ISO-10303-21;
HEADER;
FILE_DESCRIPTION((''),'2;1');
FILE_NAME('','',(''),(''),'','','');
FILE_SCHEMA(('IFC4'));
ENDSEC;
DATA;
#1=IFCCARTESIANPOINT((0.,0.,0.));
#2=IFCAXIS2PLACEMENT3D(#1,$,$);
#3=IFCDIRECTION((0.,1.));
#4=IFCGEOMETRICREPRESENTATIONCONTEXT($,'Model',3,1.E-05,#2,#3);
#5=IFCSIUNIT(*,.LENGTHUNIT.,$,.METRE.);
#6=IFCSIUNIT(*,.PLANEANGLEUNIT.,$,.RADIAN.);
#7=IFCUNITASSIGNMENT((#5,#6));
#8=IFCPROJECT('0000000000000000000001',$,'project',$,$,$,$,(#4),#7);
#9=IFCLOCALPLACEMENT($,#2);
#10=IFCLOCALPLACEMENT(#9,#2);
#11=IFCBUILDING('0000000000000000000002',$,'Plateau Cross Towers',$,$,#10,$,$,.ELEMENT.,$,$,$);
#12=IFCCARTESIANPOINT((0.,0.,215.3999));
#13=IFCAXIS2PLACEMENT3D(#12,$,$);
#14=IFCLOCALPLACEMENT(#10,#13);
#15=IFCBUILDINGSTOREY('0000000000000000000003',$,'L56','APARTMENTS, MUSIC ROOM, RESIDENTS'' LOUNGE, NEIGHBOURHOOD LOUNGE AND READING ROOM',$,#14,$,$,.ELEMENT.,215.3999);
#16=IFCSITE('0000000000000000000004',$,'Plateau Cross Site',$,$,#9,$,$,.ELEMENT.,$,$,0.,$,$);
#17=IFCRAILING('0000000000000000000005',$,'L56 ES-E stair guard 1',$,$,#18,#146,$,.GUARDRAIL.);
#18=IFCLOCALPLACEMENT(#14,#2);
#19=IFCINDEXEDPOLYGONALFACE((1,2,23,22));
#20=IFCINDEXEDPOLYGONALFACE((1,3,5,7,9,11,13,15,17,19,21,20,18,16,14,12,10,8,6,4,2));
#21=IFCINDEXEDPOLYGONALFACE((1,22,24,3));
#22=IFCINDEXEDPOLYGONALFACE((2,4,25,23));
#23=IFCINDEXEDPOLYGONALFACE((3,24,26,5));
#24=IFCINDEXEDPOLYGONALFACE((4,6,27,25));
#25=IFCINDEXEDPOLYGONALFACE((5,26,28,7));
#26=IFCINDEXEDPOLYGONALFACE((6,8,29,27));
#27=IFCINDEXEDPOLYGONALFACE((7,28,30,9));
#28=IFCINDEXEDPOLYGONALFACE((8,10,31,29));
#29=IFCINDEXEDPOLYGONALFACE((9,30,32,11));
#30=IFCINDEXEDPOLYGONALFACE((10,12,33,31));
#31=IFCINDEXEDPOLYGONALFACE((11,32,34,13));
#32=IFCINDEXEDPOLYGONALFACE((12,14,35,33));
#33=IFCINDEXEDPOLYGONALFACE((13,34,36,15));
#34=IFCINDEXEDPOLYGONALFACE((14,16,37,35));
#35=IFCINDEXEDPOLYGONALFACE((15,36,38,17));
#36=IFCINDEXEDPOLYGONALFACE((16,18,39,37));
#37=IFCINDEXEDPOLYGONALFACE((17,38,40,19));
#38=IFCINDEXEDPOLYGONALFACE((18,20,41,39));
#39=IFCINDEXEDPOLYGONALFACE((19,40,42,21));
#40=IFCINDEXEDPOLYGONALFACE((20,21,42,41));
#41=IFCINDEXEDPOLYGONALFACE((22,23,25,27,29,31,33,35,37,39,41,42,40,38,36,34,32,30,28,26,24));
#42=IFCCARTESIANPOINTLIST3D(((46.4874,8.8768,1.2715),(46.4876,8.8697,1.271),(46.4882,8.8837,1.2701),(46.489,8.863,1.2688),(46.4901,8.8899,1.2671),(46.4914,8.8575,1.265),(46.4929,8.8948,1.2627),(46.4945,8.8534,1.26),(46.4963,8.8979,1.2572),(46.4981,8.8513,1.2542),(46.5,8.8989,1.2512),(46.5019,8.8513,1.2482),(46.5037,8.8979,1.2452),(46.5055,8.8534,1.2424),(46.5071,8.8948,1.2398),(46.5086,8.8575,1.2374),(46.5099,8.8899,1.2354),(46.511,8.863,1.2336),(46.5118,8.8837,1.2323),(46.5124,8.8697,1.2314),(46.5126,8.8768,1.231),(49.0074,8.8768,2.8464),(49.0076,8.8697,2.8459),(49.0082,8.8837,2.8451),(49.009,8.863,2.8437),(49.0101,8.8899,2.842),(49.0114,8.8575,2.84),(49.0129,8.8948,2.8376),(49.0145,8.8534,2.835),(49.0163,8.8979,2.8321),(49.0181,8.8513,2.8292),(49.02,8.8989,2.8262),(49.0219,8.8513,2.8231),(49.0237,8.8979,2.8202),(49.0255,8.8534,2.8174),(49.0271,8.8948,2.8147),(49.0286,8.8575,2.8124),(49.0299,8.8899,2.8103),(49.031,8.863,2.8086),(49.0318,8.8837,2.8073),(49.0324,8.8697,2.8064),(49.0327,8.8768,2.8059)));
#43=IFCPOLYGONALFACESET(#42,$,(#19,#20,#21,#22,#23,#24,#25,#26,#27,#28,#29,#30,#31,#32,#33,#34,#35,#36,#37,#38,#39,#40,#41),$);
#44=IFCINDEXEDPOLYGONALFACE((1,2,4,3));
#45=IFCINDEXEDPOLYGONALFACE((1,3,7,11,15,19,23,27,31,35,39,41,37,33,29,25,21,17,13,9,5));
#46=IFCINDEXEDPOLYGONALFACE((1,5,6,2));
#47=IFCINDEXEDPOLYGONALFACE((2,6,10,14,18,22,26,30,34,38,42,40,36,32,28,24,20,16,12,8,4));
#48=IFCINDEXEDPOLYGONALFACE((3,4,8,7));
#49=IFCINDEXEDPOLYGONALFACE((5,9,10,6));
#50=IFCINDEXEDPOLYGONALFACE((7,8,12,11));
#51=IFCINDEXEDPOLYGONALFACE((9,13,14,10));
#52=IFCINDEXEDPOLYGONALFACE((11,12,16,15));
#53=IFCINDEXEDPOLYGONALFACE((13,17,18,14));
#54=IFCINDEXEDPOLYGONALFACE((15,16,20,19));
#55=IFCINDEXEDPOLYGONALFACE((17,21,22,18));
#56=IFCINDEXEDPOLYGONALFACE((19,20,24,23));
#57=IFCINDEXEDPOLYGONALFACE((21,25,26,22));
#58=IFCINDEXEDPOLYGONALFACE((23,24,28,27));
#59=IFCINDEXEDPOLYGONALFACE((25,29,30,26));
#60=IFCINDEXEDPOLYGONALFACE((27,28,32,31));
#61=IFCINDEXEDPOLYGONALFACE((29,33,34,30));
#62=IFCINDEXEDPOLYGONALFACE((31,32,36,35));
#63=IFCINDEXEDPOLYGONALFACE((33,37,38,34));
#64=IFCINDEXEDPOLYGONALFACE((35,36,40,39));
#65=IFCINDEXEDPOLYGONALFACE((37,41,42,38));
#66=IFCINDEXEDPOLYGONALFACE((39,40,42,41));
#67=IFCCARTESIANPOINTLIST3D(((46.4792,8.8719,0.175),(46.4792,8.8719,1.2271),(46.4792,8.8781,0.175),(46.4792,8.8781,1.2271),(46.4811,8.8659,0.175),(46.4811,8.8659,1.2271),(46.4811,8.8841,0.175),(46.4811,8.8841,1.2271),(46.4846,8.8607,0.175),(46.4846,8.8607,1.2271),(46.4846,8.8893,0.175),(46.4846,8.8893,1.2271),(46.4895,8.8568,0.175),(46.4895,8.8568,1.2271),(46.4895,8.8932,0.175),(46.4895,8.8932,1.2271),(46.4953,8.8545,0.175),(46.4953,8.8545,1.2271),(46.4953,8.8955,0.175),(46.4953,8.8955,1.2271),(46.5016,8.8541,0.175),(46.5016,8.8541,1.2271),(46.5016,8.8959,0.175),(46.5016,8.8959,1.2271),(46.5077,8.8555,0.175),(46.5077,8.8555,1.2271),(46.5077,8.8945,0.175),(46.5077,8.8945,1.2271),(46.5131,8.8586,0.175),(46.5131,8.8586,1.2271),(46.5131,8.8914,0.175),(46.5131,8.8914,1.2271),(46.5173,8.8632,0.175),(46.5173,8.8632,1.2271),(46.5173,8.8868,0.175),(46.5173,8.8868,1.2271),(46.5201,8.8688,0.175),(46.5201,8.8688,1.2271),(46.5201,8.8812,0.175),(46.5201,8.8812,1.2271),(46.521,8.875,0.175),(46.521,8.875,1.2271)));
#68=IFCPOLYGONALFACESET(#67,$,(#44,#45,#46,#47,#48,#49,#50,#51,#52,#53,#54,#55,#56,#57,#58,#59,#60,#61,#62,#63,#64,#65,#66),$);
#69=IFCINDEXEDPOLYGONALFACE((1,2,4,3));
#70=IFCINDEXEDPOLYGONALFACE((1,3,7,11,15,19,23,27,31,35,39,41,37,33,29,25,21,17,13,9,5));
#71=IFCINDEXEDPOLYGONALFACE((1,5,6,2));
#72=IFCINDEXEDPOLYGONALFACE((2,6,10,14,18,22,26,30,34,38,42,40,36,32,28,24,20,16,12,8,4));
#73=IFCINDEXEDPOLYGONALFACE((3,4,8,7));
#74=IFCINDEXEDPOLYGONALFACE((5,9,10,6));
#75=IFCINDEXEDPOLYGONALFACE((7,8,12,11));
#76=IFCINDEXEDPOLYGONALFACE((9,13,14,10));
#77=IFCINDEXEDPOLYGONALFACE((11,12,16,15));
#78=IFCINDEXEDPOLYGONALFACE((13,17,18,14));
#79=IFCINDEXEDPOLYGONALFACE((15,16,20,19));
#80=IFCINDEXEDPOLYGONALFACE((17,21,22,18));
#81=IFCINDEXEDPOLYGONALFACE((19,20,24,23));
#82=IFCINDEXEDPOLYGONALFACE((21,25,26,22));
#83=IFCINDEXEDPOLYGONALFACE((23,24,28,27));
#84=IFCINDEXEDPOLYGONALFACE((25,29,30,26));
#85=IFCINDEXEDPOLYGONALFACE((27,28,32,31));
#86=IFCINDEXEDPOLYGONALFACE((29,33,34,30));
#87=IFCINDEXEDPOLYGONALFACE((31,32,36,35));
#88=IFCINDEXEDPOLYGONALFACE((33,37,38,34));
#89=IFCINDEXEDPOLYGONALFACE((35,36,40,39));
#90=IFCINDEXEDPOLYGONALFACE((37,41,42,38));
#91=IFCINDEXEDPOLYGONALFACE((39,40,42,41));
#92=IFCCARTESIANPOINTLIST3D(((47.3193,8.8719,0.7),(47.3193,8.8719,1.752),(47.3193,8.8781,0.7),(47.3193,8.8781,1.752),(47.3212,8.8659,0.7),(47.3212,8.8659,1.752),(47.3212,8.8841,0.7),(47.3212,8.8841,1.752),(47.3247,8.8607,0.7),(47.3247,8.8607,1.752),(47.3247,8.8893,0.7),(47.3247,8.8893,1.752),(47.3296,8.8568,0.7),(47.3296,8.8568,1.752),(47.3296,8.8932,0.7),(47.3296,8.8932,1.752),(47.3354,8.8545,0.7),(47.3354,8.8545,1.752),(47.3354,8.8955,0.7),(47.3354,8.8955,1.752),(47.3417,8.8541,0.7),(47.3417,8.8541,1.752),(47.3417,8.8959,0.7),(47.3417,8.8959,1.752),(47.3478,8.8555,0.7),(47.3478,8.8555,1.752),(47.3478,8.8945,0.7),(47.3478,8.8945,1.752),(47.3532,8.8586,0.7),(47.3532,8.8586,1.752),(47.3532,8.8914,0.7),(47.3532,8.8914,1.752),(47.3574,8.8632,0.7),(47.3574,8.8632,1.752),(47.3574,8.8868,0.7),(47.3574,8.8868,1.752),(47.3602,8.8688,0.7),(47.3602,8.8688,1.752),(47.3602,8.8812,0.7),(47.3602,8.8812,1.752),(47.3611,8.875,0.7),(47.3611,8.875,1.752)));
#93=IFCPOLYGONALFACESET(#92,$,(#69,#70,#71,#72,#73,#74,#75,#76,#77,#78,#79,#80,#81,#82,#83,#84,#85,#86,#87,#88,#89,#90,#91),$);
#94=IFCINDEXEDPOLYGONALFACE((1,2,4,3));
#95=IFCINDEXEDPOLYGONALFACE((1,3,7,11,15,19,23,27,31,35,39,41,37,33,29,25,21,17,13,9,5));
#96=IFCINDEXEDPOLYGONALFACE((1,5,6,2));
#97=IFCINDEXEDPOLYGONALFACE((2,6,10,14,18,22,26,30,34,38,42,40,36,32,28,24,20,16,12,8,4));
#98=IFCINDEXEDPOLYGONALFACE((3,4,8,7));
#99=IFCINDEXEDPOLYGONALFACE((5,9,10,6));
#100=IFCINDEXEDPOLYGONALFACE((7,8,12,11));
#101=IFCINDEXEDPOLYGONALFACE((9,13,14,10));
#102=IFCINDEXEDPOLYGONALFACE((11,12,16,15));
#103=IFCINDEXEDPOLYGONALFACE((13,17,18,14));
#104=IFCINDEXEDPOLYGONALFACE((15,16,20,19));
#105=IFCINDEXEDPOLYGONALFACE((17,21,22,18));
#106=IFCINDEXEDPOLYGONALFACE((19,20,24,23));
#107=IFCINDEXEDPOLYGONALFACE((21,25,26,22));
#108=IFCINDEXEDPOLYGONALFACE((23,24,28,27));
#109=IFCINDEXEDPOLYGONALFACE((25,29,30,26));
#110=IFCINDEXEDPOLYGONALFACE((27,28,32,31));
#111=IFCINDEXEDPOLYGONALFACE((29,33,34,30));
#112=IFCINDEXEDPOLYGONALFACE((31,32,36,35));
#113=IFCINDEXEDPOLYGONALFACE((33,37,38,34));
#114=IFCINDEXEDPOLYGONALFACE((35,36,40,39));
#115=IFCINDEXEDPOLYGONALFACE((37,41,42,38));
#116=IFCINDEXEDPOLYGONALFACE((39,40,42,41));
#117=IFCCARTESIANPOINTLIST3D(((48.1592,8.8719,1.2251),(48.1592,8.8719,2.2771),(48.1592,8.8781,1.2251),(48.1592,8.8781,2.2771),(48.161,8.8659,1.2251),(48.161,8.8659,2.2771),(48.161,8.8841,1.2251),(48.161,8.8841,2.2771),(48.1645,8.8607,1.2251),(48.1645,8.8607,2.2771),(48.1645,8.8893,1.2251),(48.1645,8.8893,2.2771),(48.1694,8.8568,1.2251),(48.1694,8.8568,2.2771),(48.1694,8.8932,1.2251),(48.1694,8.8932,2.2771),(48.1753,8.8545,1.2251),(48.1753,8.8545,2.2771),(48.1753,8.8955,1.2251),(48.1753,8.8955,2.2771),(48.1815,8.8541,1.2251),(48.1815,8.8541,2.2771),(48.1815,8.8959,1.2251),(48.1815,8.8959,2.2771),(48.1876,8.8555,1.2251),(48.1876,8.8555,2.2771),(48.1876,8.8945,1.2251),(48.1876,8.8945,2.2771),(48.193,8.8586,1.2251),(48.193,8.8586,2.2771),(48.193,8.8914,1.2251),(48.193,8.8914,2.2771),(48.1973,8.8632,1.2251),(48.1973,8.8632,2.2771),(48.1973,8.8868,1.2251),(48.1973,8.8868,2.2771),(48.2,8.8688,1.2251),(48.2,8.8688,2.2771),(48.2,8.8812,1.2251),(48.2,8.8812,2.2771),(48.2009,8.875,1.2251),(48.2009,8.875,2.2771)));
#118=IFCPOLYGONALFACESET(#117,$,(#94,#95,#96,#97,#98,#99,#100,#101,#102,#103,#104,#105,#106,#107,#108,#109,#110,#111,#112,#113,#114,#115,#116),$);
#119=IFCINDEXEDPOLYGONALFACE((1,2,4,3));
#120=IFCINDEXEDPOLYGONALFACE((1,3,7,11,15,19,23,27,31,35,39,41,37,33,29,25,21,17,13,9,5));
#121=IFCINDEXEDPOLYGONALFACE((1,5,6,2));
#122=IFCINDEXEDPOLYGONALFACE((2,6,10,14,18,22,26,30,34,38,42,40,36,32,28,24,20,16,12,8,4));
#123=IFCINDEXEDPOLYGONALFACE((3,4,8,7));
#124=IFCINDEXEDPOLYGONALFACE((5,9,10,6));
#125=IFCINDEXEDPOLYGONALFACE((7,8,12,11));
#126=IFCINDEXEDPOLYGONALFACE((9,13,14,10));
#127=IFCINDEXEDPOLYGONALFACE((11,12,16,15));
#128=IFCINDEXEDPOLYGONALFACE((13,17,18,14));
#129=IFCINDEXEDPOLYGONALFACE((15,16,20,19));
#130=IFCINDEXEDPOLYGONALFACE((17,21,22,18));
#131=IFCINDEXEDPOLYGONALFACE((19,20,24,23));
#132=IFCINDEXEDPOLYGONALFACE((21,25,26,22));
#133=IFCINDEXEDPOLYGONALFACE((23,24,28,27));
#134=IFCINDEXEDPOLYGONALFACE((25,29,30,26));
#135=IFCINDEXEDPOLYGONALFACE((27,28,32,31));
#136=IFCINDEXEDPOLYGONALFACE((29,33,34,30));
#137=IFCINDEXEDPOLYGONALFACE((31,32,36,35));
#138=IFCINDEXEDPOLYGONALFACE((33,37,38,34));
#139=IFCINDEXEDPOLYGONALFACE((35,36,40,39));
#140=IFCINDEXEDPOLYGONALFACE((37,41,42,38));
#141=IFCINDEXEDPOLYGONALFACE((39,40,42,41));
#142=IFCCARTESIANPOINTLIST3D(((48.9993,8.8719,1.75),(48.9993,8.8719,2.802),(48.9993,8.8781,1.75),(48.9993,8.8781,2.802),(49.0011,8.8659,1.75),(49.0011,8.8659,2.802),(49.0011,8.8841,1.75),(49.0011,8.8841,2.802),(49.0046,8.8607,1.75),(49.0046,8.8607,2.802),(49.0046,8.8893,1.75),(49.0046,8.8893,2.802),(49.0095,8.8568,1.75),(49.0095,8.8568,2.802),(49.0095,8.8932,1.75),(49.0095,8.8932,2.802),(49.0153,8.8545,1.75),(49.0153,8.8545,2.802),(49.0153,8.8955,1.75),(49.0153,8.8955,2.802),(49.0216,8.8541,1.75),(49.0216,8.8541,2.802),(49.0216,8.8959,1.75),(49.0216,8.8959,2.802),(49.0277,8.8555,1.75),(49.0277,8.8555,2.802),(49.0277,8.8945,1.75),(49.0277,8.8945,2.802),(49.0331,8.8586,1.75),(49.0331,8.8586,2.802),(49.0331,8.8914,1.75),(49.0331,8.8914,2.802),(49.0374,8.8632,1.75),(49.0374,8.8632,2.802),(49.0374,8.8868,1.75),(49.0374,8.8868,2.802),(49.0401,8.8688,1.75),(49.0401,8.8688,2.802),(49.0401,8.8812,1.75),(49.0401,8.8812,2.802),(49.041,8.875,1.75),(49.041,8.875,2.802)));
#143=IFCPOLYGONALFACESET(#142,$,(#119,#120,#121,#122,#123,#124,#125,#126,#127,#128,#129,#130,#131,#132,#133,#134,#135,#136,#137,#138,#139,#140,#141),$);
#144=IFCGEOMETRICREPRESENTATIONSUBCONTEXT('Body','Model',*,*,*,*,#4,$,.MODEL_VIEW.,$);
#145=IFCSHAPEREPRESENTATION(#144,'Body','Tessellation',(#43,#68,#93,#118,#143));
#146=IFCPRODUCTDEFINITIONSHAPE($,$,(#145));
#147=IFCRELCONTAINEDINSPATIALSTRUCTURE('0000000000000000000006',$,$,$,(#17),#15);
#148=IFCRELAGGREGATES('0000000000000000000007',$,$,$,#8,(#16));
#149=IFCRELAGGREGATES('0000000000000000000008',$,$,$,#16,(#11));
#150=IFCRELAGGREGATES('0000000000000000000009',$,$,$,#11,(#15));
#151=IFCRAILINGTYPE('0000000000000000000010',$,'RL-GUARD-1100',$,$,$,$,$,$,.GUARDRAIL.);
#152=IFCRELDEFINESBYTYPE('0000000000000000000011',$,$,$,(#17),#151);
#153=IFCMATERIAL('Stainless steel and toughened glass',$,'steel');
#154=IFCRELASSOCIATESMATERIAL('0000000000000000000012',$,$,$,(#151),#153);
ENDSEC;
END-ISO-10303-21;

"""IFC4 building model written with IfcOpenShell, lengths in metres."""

from ifc_helpers import new_model, si_unit, direction, frame, origin, origin_2d, place, context, subcontext, project, spatial, circle, extrude, material, type_object, element, save


model = new_model("IFC4")

# Units and contexts
model_context = context("Model", 3, precision=1e-05, world=origin(), true_north=direction((0.0, 1.0)))
body_context = subcontext(model_context, "Body", "Model", "MODEL_VIEW")
ifc_project = project(units=[si_unit("LENGTHUNIT", "METRE"), si_unit("PLANEANGLEUNIT", "RADIAN")], contexts=[model_context])

# Site, building, storey
site_placement = place(None, origin())
site = spatial("IfcSite", under=ifc_project, at=site_placement, Name="Plateau Cross Site", CompositionType="ELEMENT", RefElevation=0.0)
building_placement = place(site_placement, origin())
building = spatial("IfcBuilding", under=site, at=building_placement, Name="Plateau Cross Towers", CompositionType="ELEMENT")
storey_placement = place(building_placement, frame((0.0, 0.0, 215.3999)))
storey = spatial("IfcBuildingStorey", under=building, at=storey_placement, Name="L56", Description="APARTMENTS, MUSIC ROOM, RESIDENTS' LOUNGE, NEIGHBOURHOOD LOUNGE AND READING ROOM", CompositionType="ELEMENT", Elevation=215.3999)

# Railing
ifc_material_1 = material(Name="Stainless steel and toughened glass", Category="steel")
railing_type_1 = type_object("IfcRailingType", Name="RL-GUARD-1100", PredefinedType="GUARDRAIL", material=ifc_material_1)
railing_1_placement = place(storey_placement, frame((46.5, 8.875, 0.175)))
element("IfcRailing", 1, at=railing_1_placement, inside=storey, type_object=railing_type_1, Name="L56 ES-E stair guard 1", PredefinedType="GUARDRAIL", context=body_context, shape_type="SweptSolid", body=[
    extrude(circle(Radius=0.0239, at=origin_2d()), frame((0.0, 0.0, 1.0762), z_axis=(0.848008, 0.0, 0.529984), x_axis=(0.0, 1.0, 0.0)), (0.0, 0.0, 1.0), 2.9717),
    extrude(circle(Radius=0.021, at=origin_2d()), origin(), (0.0, 0.0, 1.0), 1.052),
    extrude(circle(Radius=0.021, at=origin_2d()), frame((0.8401, 0.0, 0.5249)), (0.0, 0.0, 1.0), 1.052),
    extrude(circle(Radius=0.021, at=origin_2d()), frame((1.6799, 0.0, 1.05)), (0.0, 0.0, 1.0), 1.052),
    extrude(circle(Radius=0.021, at=origin_2d()), frame((2.52, 0.0, 1.575)), (0.0, 0.0, 1.0), 1.052),
])

save(model, "model.ifc")
